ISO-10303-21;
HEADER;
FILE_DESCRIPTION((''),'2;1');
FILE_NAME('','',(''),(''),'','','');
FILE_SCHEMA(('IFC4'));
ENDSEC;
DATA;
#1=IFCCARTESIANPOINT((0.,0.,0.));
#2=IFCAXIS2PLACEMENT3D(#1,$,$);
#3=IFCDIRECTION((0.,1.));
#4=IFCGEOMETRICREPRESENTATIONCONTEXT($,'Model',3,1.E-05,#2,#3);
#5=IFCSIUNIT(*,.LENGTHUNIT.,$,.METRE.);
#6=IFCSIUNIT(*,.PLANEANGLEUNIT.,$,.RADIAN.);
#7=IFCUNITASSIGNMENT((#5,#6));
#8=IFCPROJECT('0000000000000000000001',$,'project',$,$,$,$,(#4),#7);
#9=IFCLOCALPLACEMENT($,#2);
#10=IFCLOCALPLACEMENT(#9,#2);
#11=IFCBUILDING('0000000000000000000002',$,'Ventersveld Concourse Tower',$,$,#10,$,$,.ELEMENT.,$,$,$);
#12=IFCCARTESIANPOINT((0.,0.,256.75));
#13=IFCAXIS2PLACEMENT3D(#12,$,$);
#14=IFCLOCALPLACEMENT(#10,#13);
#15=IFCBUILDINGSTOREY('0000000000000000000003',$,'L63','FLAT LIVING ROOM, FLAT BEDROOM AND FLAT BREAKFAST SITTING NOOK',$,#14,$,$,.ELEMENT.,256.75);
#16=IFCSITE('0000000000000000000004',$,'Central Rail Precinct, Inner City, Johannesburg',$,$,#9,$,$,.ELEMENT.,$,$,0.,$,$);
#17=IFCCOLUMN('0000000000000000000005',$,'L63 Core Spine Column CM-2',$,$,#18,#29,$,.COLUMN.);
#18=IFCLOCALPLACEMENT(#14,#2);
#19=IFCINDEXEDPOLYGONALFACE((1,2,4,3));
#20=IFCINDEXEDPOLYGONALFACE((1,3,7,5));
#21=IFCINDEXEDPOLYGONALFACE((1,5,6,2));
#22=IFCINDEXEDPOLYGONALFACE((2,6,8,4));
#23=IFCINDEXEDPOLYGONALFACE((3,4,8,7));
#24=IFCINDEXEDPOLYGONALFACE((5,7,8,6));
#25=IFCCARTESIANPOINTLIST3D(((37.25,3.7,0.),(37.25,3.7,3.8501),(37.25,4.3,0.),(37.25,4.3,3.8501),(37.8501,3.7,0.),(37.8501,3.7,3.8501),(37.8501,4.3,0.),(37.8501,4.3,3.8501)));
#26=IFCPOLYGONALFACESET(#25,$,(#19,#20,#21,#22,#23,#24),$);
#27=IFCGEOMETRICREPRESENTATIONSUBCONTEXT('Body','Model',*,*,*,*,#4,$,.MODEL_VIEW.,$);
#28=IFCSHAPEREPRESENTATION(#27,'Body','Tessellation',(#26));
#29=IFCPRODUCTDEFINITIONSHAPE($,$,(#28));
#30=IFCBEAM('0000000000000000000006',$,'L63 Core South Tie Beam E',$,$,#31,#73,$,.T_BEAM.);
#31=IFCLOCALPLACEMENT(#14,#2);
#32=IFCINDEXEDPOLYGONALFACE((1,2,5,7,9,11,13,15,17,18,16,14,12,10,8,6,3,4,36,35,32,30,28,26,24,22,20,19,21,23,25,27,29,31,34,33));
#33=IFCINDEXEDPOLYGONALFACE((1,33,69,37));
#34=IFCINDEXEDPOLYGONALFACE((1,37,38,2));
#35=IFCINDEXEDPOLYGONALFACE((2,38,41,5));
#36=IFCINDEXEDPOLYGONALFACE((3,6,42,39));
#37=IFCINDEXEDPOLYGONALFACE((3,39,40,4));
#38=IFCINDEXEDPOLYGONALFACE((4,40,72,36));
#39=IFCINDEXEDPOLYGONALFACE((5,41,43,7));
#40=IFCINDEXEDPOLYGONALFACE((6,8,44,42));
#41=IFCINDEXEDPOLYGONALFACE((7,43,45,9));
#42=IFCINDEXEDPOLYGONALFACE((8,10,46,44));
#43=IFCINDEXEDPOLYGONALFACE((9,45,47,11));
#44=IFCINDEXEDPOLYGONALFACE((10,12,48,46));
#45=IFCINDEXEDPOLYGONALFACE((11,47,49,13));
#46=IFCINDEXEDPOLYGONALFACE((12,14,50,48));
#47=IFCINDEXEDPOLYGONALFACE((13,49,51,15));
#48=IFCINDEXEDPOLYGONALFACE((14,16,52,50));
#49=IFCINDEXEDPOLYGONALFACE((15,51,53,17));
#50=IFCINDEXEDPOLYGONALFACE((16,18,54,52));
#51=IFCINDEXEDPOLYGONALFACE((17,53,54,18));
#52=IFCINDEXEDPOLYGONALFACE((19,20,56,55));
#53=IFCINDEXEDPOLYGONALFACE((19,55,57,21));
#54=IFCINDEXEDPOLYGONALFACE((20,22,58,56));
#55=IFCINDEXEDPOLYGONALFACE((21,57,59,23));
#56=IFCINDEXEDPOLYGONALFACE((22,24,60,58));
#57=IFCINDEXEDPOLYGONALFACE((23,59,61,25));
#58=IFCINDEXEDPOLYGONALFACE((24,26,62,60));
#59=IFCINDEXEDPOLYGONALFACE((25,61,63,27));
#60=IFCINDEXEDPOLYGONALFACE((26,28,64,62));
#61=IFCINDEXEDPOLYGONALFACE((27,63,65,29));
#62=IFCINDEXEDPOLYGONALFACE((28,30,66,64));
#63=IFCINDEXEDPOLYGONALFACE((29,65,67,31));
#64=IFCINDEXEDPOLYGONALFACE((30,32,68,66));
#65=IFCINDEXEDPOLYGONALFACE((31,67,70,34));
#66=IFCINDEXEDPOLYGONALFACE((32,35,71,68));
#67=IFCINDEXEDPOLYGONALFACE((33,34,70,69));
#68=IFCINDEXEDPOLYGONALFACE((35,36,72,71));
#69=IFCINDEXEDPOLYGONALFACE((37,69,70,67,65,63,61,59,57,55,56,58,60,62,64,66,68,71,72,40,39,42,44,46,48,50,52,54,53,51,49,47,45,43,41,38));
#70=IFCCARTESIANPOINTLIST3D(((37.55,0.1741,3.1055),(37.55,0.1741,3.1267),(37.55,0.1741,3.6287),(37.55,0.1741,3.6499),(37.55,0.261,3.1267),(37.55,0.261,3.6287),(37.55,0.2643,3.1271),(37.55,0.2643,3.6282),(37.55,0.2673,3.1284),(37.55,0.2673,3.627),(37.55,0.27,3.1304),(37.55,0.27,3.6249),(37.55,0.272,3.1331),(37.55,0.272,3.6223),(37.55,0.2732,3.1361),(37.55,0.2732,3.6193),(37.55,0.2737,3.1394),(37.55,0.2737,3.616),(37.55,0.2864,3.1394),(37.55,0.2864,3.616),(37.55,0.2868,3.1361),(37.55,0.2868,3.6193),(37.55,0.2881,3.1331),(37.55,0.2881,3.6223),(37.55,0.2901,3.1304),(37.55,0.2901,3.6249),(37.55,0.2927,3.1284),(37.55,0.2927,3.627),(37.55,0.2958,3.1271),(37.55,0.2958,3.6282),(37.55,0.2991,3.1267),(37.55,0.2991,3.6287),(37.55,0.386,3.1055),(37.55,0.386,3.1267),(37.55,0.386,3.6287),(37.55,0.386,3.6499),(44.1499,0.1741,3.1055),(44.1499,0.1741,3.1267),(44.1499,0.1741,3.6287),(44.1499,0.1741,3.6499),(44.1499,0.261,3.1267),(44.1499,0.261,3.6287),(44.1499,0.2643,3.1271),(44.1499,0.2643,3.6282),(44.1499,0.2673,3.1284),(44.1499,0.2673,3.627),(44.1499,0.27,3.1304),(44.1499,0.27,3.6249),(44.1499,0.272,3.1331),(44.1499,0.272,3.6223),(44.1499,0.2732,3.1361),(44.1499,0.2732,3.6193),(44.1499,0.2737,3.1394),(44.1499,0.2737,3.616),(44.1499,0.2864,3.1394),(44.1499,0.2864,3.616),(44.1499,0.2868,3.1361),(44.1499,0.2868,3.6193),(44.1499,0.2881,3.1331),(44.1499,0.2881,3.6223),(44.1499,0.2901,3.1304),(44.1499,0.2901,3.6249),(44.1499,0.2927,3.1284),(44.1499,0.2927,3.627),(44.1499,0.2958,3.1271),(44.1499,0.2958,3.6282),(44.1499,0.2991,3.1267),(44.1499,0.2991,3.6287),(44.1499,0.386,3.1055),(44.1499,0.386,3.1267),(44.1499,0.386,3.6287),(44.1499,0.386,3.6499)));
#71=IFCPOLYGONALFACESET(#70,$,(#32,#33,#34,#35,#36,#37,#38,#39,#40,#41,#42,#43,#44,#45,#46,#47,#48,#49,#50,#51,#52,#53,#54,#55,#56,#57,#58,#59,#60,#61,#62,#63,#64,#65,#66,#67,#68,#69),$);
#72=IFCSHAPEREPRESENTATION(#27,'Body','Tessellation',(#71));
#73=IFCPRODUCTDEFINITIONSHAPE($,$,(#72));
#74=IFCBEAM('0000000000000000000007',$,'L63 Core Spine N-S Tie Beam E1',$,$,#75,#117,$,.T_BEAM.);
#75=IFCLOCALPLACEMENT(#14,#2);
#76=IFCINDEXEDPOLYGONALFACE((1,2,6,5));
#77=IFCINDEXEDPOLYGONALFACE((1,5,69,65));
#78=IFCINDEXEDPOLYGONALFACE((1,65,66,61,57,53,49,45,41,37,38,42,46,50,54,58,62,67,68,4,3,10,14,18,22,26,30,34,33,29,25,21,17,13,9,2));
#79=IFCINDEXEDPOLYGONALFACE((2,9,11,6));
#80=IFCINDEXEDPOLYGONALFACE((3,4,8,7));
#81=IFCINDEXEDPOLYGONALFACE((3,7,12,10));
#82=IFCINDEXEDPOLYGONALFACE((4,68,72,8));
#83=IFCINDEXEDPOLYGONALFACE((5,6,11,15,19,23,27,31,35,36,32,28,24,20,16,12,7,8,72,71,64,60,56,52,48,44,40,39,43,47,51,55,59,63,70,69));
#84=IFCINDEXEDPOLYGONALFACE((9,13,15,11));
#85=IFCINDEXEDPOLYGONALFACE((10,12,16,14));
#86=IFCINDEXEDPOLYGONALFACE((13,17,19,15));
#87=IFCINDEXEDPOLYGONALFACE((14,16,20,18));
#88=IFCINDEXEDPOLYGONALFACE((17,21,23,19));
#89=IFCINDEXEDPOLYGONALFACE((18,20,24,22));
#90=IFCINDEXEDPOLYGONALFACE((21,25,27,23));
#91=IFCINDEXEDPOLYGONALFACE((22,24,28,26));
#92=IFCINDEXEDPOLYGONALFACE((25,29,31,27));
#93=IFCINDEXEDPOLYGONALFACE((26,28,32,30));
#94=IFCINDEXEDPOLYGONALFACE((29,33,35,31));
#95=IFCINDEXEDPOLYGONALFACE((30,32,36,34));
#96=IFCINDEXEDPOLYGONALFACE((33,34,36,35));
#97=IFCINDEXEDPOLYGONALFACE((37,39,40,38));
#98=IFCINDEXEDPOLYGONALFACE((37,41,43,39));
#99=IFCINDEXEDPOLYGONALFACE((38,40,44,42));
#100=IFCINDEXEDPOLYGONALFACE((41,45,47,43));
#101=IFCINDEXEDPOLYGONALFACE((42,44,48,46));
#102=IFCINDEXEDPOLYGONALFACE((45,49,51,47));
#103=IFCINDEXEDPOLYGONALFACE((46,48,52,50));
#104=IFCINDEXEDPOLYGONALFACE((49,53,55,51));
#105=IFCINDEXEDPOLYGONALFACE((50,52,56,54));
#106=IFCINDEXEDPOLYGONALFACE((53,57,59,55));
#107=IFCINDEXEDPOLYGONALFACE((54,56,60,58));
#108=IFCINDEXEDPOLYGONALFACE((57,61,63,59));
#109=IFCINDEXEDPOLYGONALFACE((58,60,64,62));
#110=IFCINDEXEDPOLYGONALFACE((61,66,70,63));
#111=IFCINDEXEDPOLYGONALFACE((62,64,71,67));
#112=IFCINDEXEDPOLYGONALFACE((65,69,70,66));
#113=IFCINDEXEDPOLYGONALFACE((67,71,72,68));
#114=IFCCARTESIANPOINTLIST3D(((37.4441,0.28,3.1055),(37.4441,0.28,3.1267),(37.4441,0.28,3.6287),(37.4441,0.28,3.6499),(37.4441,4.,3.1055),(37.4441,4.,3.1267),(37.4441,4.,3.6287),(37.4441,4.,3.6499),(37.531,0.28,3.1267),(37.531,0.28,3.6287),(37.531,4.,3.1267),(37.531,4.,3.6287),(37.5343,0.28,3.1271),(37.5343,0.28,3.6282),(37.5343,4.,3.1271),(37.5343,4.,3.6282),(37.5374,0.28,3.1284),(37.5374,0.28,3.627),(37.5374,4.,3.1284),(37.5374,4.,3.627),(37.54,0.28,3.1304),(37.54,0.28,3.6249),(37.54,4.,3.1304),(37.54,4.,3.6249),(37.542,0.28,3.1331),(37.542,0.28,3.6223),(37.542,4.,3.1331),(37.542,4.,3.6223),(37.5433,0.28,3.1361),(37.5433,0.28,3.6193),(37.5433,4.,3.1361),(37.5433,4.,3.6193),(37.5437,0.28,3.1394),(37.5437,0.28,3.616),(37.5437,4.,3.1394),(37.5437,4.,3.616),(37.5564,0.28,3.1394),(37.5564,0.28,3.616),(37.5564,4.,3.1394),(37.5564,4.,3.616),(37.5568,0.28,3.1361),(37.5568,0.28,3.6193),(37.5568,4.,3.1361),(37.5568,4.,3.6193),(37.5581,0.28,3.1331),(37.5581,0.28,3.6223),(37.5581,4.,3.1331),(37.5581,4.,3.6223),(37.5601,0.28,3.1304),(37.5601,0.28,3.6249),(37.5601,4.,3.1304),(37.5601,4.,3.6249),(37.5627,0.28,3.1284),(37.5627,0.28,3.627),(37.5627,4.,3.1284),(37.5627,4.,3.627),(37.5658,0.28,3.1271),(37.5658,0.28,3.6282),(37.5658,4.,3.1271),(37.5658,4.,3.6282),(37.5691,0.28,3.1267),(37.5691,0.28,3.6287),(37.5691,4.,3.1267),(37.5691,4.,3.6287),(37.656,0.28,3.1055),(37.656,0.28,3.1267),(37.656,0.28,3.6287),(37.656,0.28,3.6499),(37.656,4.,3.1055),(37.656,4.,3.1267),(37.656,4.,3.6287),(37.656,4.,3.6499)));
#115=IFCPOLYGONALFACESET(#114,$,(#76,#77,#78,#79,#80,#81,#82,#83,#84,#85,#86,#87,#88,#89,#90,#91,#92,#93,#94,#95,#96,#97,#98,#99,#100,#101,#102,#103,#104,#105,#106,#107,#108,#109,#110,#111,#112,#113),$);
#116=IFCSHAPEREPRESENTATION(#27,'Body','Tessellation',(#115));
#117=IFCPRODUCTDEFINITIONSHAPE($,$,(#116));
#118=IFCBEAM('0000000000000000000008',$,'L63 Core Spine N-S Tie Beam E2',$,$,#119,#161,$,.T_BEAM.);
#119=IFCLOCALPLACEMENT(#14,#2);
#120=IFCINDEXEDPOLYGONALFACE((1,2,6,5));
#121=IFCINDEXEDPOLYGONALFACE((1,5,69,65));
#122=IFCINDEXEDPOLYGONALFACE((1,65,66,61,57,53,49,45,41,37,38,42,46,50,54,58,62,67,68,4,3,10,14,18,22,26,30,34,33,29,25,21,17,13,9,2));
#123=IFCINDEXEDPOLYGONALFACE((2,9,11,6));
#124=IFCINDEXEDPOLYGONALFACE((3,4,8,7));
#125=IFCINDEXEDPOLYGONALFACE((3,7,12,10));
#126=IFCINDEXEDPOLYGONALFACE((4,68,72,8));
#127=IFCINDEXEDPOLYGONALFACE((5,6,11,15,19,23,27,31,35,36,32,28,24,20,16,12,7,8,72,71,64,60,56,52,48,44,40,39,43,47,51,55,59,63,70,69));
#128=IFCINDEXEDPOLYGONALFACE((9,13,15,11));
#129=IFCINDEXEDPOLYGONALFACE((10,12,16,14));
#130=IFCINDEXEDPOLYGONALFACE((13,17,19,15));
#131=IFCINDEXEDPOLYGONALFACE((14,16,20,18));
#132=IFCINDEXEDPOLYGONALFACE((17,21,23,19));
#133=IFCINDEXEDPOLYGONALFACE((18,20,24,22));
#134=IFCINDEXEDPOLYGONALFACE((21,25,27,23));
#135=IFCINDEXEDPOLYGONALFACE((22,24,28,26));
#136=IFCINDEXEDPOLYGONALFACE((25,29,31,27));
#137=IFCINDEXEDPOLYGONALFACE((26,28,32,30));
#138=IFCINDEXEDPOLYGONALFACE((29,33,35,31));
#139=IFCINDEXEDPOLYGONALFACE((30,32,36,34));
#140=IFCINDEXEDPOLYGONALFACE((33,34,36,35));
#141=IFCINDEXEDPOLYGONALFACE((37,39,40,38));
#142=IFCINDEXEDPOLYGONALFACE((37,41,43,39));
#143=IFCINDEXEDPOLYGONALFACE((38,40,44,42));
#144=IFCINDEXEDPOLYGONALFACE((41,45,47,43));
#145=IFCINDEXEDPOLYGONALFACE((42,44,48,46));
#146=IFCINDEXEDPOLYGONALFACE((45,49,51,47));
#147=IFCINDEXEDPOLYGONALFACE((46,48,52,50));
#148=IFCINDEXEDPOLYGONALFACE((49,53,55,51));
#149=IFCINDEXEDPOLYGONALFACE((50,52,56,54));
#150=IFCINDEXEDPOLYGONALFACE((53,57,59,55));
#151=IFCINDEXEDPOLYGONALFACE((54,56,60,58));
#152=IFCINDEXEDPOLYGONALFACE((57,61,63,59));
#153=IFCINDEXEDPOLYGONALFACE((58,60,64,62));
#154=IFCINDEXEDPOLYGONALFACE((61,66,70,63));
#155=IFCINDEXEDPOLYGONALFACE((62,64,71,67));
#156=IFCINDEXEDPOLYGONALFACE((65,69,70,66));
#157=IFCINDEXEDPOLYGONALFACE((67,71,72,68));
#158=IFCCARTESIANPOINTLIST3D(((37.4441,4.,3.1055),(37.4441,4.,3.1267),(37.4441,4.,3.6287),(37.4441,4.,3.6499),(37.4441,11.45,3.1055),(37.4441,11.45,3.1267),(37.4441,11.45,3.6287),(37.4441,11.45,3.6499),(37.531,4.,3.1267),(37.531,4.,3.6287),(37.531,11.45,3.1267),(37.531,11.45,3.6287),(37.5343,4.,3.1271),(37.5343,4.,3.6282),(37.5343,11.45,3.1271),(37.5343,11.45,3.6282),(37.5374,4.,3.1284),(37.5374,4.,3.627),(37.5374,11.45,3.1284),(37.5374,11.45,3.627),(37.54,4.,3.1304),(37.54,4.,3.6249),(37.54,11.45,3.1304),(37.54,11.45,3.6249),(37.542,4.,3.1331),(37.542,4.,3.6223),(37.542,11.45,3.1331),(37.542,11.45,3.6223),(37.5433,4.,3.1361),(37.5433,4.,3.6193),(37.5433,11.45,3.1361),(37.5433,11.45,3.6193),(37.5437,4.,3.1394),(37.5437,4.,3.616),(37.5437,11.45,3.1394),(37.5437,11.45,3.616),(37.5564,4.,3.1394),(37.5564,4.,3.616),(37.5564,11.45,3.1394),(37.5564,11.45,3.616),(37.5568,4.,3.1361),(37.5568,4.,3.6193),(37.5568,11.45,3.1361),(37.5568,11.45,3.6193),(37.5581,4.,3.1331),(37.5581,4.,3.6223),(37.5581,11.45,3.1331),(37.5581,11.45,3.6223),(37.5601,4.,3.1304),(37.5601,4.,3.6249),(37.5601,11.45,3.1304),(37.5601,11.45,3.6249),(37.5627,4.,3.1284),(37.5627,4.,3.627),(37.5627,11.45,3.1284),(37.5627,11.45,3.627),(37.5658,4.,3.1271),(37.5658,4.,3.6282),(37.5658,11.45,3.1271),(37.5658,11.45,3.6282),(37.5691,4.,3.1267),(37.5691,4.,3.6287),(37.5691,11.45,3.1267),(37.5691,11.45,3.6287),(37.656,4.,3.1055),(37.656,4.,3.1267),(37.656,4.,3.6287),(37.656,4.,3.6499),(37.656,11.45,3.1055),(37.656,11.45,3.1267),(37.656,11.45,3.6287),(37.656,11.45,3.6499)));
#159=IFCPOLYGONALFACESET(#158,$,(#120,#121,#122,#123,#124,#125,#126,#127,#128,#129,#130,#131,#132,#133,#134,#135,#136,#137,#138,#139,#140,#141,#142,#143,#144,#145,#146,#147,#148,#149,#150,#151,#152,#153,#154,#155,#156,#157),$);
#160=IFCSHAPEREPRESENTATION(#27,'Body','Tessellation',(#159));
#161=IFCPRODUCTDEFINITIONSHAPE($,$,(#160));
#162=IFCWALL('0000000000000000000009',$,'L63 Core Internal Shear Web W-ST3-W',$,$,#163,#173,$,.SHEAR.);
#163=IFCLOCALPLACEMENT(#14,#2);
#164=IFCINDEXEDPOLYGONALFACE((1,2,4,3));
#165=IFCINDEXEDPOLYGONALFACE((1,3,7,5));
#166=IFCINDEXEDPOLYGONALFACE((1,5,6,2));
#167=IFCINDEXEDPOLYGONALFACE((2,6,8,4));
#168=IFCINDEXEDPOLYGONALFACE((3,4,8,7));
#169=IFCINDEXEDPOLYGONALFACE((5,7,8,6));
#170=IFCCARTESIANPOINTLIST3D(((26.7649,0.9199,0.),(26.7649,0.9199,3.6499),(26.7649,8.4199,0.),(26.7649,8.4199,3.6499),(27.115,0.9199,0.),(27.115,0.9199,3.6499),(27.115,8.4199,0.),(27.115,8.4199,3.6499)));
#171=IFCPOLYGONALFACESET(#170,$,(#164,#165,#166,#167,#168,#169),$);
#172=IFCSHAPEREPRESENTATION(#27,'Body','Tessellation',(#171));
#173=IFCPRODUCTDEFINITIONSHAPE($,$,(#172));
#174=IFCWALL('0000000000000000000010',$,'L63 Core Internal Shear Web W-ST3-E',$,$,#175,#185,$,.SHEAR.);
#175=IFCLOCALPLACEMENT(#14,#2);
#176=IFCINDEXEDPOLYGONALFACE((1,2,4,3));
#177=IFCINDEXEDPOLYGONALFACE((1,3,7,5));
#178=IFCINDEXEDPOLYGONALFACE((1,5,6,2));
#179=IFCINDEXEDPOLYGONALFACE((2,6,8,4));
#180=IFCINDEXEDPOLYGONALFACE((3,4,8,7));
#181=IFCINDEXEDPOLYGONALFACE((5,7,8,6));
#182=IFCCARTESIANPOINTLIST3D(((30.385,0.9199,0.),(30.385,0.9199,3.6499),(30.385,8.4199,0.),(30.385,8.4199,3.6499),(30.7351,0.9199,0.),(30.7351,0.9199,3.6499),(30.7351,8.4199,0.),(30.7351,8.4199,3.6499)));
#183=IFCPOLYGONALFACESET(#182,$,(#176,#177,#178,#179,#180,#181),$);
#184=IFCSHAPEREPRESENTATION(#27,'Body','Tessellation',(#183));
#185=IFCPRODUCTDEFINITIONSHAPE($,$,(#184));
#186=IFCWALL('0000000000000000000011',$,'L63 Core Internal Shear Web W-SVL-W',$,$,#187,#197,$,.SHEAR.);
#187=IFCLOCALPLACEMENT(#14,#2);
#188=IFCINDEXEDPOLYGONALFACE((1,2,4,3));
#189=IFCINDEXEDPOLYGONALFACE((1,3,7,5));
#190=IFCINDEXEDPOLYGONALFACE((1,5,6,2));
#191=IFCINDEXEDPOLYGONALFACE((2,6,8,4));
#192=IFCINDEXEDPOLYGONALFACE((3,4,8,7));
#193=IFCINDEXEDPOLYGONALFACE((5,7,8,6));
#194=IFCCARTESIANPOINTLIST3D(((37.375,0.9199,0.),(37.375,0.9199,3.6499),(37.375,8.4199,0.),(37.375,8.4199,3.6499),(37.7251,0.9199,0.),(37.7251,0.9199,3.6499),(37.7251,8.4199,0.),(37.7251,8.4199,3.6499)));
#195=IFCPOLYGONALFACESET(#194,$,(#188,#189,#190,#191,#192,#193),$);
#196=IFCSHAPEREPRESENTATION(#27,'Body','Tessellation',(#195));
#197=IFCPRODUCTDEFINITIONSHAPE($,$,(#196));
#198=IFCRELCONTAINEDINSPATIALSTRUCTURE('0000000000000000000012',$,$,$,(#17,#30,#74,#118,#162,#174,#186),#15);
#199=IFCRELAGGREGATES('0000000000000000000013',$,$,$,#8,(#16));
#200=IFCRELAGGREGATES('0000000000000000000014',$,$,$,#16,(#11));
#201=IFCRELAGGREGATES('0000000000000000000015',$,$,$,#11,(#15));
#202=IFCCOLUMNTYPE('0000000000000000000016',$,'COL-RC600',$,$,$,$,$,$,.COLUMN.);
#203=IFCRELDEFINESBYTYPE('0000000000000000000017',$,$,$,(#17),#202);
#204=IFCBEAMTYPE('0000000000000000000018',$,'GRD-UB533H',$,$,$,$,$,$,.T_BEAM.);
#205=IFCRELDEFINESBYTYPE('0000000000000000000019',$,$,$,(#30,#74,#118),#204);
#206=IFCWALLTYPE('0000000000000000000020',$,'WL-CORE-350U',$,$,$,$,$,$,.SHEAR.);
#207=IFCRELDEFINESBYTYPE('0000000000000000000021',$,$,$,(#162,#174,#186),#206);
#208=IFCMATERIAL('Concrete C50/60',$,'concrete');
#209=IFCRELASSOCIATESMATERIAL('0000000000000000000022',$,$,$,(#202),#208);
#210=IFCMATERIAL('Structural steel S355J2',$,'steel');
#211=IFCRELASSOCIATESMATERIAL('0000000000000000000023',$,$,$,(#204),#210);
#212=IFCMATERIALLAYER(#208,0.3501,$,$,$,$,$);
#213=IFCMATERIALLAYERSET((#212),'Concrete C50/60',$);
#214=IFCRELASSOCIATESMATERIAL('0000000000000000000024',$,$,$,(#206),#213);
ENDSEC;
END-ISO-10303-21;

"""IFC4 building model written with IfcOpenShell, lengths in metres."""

from ifc_helpers import new_model, si_unit, direction, frame, frame_2d, origin, origin_2d, place, context, subcontext, project, spatial, rectangle, i_section, extrude, material, layer, layer_set, material_profile, profile_set, type_object, element, save


model = new_model("IFC4")

# Units and contexts
model_context = context("Model", 3, precision=1e-05, world=origin(), true_north=direction((0.0, 1.0)))
body_context = subcontext(model_context, "Body", "Model", "MODEL_VIEW")
ifc_project = project(units=[si_unit("LENGTHUNIT", "METRE"), si_unit("PLANEANGLEUNIT", "RADIAN")], contexts=[model_context])

# Site, building, storey
site_placement = place(None, origin())
site = spatial("IfcSite", under=ifc_project, at=site_placement, Name="Central Rail Precinct, Inner City, Johannesburg", CompositionType="ELEMENT", RefElevation=0.0)
building_placement = place(site_placement, origin())
building = spatial("IfcBuilding", under=site, at=building_placement, Name="Ventersveld Concourse Tower", CompositionType="ELEMENT")
storey_placement = place(building_placement, frame((0.0, 0.0, 256.75)))
storey = spatial("IfcBuildingStorey", under=building, at=storey_placement, Name="L63", Description="FLAT LIVING ROOM, FLAT BEDROOM AND FLAT BREAKFAST SITTING NOOK", CompositionType="ELEMENT", Elevation=256.75)

# Column
ifc_material_1 = material(Name="Concrete C50/60", Category="concrete")
ifc_material_profile_1 = material_profile(ifc_material_1, rectangle(XDim=0.6001, YDim=0.6001, at=origin_2d()), Name="RC 600x600")
ifc_profile_set_1 = profile_set([ifc_material_profile_1], Name="Concrete C50/60")
column_type = type_object("IfcColumnType", Name="COL-RC600", PredefinedType="COLUMN", material=ifc_profile_set_1)
column_placement = place(storey_placement, frame((37.55, 4.0, 0.0), z_axis=(0.0, 0.0, 1.0), x_axis=(1.0, 0.0, 0.0)))
element("IfcColumn", 1, at=column_placement, inside=storey, type_object=column_type, Name="L63 Core Spine Column CM-2", PredefinedType="COLUMN", context=body_context, shape_type="SweptSolid", body=[
    extrude(rectangle(XDim=0.6001, YDim=0.6001, at=origin_2d()), origin(), (0.0, 0.0, 1.0), 3.8501),
])

# Beams
ifc_material_2 = material(Name="Structural steel S355J2", Category="steel")
ifc_material_profile_2 = material_profile(ifc_material_2, i_section(OverallWidth=0.2119, OverallDepth=0.5444, WebThickness=0.0127, FlangeThickness=0.0212, FilletRadius=0.0127, at=origin_2d()), Name="UB 533x210x122")
ifc_profile_set_2 = profile_set([ifc_material_profile_2], Name="Structural steel S355J2")
beam_type = type_object("IfcBeamType", Name="GRD-UB533H", PredefinedType="T_BEAM", material=ifc_profile_set_2)
beam_1_placement = place(storey_placement, frame((37.55, 0.28, 3.3777), z_axis=(1.0, 0.0, 0.0), x_axis=(0.0, 1.0, 0.0)))
element("IfcBeam", 2, at=beam_1_placement, inside=storey, type_object=beam_type, Name="L63 Core South Tie Beam E", PredefinedType="T_BEAM", context=body_context, shape_type="SweptSolid", body=[
    extrude(i_section(OverallWidth=0.2119, OverallDepth=0.5444, WebThickness=0.0127, FlangeThickness=0.0212, FilletRadius=0.0127, at=origin_2d()), origin(), (0.0, 0.0, 1.0), 6.5999),
])
beam_2_placement = place(storey_placement, frame((37.55, 0.28, 3.3777), z_axis=(0.0, 1.0, 0.0), x_axis=(-1.0, 0.0, 0.0)))
element("IfcBeam", 3, at=beam_2_placement, inside=storey, type_object=beam_type, Name="L63 Core Spine N-S Tie Beam E1", PredefinedType="T_BEAM", context=body_context, shape_type="SweptSolid", body=[
    extrude(i_section(OverallWidth=0.2119, OverallDepth=0.5444, WebThickness=0.0127, FlangeThickness=0.0212, FilletRadius=0.0127, at=origin_2d()), origin(), (0.0, 0.0, 1.0), 3.72),
])
beam_3_placement = place(storey_placement, frame((37.55, 4.0, 3.3777), z_axis=(0.0, 1.0, 0.0), x_axis=(-1.0, 0.0, 0.0)))
element("IfcBeam", 4, at=beam_3_placement, inside=storey, type_object=beam_type, Name="L63 Core Spine N-S Tie Beam E2", PredefinedType="T_BEAM", context=body_context, shape_type="SweptSolid", body=[
    extrude(i_section(OverallWidth=0.2119, OverallDepth=0.5444, WebThickness=0.0127, FlangeThickness=0.0212, FilletRadius=0.0127, at=origin_2d()), origin(), (0.0, 0.0, 1.0), 7.45),
])

# Walls
ifc_layer_1 = layer(ifc_material_1, 0.3501)
ifc_layer_set_1 = layer_set([ifc_layer_1], Name="Concrete C50/60")
wall_type_1 = type_object("IfcWallType", Name="WL-CORE-350U", PredefinedType="SHEAR", material=ifc_layer_set_1)
for number, where, z_axis, x_axis, name in (
    (5, (26.9399, 0.9199, 0.0), (0.0, 0.0, 1.0), (0.0, 1.0, 0.0), "L63 Core Internal Shear Web W-ST3-W"),
    (6, (30.5601, 0.9199, 0.0), (0.0, 0.0, 1.0), (0.0, 1.0, 0.0), "L63 Core Internal Shear Web W-ST3-E"),
    (7, (37.55, 0.9199, 0.0), (0.0, 0.0, 1.0), (0.0, 1.0, 0.0), "L63 Core Internal Shear Web W-SVL-W"),
):
    element("IfcWall", number, at=place(storey_placement, frame(where, z_axis=z_axis, x_axis=x_axis)), inside=storey, type_object=wall_type_1, Name=name, PredefinedType="SHEAR", context=body_context, shape_type="SweptSolid", body=[
        extrude(rectangle(XDim=7.5, YDim=0.3501, at=frame_2d((3.75, 0.0))), origin(), (0.0, 0.0, 1.0), 3.6499),
    ])

save(model, "model.ifc")
